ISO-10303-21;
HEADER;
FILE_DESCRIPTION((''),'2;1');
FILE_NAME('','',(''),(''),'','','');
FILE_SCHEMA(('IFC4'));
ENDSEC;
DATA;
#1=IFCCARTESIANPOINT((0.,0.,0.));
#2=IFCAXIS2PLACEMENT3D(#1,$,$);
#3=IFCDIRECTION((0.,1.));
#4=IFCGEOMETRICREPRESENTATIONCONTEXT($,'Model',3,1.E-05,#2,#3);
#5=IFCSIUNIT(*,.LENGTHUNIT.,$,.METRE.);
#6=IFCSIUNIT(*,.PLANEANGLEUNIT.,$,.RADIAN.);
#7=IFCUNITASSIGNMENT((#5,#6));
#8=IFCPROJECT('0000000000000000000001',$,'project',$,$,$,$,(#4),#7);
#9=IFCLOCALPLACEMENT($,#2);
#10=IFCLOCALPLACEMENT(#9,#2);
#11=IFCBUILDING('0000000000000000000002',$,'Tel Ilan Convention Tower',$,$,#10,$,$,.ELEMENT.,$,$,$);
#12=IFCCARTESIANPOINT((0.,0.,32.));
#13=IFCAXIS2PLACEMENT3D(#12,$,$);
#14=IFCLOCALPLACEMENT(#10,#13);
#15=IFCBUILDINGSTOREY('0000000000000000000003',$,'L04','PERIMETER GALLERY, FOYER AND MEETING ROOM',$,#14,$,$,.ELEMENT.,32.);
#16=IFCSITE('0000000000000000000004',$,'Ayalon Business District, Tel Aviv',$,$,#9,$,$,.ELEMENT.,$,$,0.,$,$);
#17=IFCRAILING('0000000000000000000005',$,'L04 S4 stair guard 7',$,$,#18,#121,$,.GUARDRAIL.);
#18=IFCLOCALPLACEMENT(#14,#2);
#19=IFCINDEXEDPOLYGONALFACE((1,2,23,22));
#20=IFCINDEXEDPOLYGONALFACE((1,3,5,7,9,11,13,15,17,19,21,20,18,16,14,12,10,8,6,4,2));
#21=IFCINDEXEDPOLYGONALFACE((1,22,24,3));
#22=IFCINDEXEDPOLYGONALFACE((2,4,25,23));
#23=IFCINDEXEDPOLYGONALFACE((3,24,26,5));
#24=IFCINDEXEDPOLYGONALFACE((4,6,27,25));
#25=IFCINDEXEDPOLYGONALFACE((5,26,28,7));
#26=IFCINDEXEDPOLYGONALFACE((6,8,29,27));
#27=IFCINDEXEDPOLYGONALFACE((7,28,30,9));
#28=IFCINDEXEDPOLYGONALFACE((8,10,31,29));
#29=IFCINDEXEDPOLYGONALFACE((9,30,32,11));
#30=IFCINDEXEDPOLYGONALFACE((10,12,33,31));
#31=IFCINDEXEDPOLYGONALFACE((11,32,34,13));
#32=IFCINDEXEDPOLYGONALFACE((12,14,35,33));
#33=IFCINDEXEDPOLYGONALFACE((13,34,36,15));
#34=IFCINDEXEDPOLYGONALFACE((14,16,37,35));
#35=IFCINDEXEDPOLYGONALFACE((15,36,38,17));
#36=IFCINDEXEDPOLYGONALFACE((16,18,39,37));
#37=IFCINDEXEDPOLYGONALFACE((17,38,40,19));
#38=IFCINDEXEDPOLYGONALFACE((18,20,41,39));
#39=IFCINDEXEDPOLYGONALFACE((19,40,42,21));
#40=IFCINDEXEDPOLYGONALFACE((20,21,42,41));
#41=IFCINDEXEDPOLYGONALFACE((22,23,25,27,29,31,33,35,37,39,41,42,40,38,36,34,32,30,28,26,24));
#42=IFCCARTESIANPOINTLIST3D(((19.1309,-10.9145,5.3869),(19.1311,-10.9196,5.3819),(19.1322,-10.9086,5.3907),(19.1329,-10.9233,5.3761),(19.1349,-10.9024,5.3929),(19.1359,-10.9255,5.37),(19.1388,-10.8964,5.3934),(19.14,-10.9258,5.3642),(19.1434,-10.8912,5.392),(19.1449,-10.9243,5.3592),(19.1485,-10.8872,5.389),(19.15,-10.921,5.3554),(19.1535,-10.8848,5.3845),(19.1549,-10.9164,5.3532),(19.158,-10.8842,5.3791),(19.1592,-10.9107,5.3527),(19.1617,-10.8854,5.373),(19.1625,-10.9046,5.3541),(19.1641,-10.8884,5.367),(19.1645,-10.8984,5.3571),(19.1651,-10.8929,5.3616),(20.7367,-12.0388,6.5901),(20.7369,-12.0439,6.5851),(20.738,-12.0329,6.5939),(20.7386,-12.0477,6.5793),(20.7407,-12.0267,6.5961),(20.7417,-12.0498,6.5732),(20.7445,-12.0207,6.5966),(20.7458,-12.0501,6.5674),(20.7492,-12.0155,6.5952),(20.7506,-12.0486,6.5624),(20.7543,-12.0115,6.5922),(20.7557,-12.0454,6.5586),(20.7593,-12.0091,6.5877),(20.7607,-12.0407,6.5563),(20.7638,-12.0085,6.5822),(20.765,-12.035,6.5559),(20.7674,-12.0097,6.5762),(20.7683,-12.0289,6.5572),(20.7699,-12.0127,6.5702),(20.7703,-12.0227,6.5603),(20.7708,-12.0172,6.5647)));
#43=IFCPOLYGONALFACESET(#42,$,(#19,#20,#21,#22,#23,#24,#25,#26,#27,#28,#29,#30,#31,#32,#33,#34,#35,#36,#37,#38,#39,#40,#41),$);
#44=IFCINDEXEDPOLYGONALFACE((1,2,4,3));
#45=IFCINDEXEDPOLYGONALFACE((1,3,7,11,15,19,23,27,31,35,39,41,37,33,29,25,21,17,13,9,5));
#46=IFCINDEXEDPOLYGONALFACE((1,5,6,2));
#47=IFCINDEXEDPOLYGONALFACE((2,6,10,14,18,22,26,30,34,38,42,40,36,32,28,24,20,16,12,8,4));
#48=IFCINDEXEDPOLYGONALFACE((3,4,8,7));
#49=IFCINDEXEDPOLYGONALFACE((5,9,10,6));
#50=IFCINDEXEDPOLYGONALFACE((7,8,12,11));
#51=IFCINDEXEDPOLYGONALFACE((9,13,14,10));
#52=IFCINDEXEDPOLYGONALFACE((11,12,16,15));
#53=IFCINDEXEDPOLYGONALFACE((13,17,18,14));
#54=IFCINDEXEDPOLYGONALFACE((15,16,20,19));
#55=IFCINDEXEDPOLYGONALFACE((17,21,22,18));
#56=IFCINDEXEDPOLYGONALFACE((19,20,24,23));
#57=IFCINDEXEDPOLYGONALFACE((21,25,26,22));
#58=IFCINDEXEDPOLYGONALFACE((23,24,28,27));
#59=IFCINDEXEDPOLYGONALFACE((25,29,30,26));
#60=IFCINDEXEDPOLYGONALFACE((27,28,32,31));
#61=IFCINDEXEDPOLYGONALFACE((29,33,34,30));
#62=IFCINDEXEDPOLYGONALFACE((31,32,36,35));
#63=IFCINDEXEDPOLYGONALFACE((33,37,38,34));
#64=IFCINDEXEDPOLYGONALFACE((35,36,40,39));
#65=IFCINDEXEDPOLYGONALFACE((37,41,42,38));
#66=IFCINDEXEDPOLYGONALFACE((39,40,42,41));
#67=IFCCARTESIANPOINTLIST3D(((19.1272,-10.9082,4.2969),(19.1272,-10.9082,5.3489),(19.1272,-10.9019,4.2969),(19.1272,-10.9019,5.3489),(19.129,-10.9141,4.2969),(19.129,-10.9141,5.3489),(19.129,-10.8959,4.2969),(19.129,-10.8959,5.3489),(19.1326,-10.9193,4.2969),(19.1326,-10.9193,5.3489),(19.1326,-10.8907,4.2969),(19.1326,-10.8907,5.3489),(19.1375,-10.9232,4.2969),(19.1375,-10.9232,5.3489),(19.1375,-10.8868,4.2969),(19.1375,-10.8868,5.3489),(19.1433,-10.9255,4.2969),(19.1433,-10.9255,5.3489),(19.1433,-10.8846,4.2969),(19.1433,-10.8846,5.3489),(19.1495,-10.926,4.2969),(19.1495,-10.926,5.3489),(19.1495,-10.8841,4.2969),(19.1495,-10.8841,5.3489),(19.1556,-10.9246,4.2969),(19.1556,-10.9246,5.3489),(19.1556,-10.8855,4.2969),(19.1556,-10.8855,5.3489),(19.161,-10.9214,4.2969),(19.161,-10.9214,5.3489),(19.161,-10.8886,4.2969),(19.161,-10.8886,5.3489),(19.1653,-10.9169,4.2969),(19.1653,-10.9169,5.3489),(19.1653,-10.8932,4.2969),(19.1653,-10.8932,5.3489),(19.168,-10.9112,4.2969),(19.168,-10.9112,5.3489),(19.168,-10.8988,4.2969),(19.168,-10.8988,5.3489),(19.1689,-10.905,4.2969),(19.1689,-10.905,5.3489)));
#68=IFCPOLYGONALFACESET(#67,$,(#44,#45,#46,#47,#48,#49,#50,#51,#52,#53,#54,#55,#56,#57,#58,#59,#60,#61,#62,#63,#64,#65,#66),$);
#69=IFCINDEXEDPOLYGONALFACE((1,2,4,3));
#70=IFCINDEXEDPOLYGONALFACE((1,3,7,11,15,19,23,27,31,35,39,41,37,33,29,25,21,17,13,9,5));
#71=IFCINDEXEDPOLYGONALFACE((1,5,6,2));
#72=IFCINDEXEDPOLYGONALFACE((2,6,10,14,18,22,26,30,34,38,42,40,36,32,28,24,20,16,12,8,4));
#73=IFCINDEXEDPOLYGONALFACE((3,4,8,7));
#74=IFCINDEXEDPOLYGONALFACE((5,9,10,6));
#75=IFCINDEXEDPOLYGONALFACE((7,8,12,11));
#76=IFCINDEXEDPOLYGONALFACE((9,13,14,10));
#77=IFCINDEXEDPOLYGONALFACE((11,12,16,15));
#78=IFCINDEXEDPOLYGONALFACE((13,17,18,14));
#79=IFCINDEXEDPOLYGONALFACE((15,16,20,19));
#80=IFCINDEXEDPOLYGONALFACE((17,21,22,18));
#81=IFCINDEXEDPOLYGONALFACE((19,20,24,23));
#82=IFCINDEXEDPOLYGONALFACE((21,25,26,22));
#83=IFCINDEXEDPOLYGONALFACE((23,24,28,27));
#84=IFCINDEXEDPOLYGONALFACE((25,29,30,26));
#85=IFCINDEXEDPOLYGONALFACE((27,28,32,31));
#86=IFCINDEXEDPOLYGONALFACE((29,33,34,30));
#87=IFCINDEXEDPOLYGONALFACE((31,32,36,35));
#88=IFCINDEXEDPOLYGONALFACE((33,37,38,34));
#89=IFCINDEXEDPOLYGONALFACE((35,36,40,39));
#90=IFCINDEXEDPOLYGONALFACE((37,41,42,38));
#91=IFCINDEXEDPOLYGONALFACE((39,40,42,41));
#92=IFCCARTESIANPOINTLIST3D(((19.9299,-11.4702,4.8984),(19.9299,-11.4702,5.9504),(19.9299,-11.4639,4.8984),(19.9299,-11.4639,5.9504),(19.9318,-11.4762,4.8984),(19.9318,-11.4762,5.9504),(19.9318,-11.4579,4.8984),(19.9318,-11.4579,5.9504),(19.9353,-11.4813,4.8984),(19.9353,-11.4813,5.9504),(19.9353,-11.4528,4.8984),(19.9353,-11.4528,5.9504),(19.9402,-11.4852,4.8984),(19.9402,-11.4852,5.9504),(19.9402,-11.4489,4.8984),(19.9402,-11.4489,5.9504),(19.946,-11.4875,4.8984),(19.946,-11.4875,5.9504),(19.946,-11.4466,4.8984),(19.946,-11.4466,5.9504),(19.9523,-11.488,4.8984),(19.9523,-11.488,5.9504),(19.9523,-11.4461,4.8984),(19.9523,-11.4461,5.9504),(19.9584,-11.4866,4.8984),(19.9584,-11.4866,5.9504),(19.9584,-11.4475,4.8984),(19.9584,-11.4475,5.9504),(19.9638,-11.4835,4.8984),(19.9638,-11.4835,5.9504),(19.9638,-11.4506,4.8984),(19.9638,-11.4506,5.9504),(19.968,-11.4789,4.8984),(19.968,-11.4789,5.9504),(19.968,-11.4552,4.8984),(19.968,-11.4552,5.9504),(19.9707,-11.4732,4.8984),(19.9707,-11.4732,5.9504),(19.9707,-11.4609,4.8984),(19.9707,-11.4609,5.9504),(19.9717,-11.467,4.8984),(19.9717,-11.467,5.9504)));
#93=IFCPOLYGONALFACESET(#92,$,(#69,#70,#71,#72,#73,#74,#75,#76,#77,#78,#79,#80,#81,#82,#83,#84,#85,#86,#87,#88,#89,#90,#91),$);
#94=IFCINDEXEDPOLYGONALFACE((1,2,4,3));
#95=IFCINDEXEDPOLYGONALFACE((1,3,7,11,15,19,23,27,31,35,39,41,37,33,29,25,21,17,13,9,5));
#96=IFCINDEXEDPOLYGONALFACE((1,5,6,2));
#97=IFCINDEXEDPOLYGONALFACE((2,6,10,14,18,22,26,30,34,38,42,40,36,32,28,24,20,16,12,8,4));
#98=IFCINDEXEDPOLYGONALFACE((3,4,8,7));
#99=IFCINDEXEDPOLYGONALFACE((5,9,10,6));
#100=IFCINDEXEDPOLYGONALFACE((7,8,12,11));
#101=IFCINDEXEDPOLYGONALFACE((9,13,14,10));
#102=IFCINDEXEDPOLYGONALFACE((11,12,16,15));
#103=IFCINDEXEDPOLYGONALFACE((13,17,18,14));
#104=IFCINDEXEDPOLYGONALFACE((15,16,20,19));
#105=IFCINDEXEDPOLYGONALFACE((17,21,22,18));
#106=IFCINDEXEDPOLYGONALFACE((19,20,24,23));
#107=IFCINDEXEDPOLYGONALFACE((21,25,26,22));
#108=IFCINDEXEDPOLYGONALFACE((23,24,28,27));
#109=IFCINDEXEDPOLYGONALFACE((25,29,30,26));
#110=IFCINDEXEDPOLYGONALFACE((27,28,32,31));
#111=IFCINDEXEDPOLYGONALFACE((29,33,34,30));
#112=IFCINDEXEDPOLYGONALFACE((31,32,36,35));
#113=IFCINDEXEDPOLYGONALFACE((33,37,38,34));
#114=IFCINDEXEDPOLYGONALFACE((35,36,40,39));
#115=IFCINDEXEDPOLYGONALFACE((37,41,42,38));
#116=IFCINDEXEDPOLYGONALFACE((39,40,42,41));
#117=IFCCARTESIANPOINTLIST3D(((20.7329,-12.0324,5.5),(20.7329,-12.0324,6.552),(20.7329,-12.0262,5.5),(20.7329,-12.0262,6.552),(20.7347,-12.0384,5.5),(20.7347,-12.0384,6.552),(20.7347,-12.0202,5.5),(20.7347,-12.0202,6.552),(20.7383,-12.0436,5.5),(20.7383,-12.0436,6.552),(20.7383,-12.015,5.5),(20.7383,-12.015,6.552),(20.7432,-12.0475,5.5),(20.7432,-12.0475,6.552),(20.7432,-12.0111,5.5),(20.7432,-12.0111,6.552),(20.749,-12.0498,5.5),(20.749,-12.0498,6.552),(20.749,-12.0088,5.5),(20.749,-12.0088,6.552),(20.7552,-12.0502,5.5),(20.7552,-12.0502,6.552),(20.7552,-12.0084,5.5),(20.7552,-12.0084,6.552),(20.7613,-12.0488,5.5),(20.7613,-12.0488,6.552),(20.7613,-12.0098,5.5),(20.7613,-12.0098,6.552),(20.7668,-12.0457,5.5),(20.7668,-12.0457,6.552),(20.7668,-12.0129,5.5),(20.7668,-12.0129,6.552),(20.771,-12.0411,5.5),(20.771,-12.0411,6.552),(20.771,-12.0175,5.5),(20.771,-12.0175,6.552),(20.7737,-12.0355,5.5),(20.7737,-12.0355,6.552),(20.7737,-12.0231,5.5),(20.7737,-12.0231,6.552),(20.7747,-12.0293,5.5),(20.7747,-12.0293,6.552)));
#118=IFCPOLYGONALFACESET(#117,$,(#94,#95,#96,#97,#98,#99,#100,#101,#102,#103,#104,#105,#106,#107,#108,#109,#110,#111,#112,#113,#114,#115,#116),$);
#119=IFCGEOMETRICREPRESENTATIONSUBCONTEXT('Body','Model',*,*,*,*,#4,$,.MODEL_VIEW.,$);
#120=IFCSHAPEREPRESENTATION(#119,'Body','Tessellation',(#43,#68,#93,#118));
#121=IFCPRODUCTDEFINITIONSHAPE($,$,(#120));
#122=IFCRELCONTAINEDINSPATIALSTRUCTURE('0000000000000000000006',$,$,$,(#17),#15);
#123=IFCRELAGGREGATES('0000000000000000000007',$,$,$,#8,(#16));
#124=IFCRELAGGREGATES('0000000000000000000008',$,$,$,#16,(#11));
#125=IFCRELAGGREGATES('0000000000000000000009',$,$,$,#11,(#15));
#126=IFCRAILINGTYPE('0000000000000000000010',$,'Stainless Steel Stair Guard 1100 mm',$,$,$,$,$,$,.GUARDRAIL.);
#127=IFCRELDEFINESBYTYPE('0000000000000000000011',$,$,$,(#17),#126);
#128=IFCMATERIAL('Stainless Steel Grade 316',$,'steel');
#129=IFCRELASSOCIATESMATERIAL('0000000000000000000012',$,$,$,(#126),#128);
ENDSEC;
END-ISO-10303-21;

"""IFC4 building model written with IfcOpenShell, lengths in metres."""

from ifc_helpers import new_model, si_unit, direction, frame, origin, origin_2d, place, context, subcontext, project, spatial, circle, extrude, material, type_object, element, save


model = new_model("IFC4")

# Units and contexts
model_context = context("Model", 3, precision=1e-05, world=origin(), true_north=direction((0.0, 1.0)))
body_context = subcontext(model_context, "Body", "Model", "MODEL_VIEW")
ifc_project = project(units=[si_unit("LENGTHUNIT", "METRE"), si_unit("PLANEANGLEUNIT", "RADIAN")], contexts=[model_context])

# Site, building, storey
site_placement = place(None, origin())
site = spatial("IfcSite", under=ifc_project, at=site_placement, Name="Ayalon Business District, Tel Aviv", CompositionType="ELEMENT", RefElevation=0.0)
building_placement = place(site_placement, origin())
building = spatial("IfcBuilding", under=site, at=building_placement, Name="Tel Ilan Convention Tower", CompositionType="ELEMENT")
storey_placement = place(building_placement, frame((0.0, 0.0, 32.0)))
storey = spatial("IfcBuildingStorey", under=building, at=storey_placement, Name="L04", Description="PERIMETER GALLERY, FOYER AND MEETING ROOM", CompositionType="ELEMENT", Elevation=32.0)

# Railing
ifc_material_1 = material(Name="Stainless Steel Grade 316", Category="steel")
railing_type_1 = type_object("IfcRailingType", Name="Stainless Steel Stair Guard 1100 mm", PredefinedType="GUARDRAIL", material=ifc_material_1)
railing_1_placement = place(storey_placement, frame((19.1479, -10.905, 4.2969)))
element("IfcRailing", 1, at=railing_1_placement, inside=storey, type_object=railing_type_1, Name="L04 S4 stair guard 7", PredefinedType="GUARDRAIL", context=body_context, shape_type="SweptSolid", body=[
    extrude(circle(Radius=0.0239, at=origin_2d()), frame((0.0, 0.0, 1.0762), z_axis=(0.698149, -0.488821, 0.523108), x_axis=(0.573554, 0.819168, 0.0)), (0.0, 0.0, 1.0), 2.3),
    extrude(circle(Radius=0.021, at=origin_2d()), origin(), (0.0, 0.0, 1.0), 1.052),
    extrude(circle(Radius=0.021, at=origin_2d()), frame((0.8027, -0.562, 0.6016)), (0.0, 0.0, 1.0), 1.052),
    extrude(circle(Radius=0.021, at=origin_2d()), frame((1.6057, -1.1243, 1.2031)), (0.0, 0.0, 1.0), 1.052),
])

save(model, "model.ifc")
